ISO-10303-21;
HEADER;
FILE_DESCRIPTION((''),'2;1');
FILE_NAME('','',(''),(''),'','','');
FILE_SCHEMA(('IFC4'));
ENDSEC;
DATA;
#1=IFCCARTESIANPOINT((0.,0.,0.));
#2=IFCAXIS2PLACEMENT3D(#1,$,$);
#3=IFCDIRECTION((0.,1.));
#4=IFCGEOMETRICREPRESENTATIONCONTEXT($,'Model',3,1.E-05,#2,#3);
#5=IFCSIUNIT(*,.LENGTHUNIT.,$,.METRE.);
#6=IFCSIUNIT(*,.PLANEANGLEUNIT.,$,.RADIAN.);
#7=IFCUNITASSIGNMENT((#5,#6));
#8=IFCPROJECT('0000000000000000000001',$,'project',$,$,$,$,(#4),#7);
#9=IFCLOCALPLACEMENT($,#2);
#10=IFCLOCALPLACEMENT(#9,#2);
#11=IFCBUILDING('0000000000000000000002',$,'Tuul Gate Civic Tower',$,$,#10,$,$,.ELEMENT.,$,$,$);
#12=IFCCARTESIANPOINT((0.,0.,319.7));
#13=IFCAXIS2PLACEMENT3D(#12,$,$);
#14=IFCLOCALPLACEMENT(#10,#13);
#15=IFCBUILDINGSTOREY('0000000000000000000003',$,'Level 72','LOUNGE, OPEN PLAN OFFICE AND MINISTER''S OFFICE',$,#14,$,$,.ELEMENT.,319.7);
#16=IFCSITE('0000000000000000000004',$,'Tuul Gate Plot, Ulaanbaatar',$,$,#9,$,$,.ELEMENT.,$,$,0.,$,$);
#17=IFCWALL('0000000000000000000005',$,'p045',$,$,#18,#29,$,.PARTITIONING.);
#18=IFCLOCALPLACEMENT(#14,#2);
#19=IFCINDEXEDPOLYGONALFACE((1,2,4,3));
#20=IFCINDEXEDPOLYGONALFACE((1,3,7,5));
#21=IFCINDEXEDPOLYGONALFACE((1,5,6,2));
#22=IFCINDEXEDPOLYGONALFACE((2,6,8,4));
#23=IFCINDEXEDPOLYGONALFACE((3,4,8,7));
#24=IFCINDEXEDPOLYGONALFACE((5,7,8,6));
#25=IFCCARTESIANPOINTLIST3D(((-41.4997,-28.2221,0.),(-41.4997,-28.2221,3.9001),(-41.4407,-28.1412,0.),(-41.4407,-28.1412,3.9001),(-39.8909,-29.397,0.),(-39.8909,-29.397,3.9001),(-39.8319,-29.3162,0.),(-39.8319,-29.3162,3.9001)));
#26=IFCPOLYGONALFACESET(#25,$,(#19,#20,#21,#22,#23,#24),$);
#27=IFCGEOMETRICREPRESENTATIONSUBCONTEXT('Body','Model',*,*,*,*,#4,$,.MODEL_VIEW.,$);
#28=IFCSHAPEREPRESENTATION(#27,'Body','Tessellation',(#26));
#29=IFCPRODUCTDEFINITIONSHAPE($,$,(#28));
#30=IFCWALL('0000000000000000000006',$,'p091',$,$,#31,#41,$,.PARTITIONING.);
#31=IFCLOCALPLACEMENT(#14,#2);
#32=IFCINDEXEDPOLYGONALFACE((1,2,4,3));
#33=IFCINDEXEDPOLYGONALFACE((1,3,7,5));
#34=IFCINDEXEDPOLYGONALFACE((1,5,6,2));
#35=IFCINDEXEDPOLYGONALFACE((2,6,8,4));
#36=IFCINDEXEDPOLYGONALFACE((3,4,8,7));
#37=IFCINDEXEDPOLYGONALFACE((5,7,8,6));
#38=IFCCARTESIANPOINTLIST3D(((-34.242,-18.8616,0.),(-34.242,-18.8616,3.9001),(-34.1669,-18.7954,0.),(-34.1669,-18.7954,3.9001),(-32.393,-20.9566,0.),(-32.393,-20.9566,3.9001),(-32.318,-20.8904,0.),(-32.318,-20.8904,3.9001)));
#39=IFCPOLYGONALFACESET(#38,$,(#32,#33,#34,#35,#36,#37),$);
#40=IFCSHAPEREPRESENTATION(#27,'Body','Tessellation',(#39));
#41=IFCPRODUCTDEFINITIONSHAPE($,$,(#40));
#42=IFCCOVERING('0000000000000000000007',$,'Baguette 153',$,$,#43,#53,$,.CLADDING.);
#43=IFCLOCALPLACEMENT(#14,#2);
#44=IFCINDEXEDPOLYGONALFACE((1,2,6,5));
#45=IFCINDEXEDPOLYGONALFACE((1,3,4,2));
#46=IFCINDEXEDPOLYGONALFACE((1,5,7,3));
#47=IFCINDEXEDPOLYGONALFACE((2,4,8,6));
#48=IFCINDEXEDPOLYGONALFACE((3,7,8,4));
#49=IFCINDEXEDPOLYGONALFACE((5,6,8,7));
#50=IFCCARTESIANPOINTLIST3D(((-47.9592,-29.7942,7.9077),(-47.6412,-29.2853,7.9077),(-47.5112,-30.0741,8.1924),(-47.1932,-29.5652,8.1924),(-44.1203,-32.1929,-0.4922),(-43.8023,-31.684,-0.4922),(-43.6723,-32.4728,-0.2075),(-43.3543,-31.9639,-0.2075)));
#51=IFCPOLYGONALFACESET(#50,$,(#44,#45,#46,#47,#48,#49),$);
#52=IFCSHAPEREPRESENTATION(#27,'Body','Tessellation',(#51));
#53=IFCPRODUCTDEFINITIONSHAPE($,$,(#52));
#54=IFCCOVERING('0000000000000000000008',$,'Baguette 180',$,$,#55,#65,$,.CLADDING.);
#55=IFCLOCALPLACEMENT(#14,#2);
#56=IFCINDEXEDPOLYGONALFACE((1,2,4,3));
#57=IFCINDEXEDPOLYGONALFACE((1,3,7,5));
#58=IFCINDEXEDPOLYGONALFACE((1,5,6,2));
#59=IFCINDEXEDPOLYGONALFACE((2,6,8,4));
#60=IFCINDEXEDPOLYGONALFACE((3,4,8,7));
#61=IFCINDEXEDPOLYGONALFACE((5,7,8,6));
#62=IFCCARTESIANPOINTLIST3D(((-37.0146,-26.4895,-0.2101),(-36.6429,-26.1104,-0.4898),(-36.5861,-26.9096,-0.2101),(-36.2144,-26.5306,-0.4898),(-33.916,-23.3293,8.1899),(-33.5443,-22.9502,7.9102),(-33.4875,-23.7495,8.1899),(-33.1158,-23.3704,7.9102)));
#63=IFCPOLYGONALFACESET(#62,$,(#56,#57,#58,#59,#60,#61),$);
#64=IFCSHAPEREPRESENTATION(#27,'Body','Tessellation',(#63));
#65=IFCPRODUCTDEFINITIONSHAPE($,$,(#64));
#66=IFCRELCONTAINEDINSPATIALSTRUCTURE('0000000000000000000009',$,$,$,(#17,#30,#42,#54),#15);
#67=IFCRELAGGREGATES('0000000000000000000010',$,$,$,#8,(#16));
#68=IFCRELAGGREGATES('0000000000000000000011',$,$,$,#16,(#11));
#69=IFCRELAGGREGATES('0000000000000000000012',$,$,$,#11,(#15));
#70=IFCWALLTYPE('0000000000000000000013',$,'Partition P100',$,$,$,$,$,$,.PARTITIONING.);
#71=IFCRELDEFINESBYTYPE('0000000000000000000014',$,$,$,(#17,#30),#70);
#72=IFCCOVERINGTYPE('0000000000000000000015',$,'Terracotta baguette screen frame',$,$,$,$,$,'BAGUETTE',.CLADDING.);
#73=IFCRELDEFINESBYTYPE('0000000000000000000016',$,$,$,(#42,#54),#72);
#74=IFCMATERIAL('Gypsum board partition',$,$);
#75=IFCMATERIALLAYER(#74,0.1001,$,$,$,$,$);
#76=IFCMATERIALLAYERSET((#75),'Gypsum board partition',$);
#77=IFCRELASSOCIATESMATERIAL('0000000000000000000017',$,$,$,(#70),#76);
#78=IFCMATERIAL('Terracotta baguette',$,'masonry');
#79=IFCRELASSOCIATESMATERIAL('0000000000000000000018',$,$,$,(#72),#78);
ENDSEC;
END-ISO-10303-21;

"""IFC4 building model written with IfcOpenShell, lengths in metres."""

from ifc_helpers import new_model, si_unit, direction, frame, frame_2d, origin, origin_2d, place, context, subcontext, project, spatial, rectangle, extrude, material, layer, layer_set, material_profile, profile_set, type_object, element, save


model = new_model("IFC4")

# Units and contexts
model_context = context("Model", 3, precision=1e-05, world=origin(), true_north=direction((0.0, 1.0)))
body_context = subcontext(model_context, "Body", "Model", "MODEL_VIEW")
ifc_project = project(units=[si_unit("LENGTHUNIT", "METRE"), si_unit("PLANEANGLEUNIT", "RADIAN")], contexts=[model_context])

# Site, building, storey
site_placement = place(None, origin())
site = spatial("IfcSite", under=ifc_project, at=site_placement, Name="Tuul Gate Plot, Ulaanbaatar", CompositionType="ELEMENT", RefElevation=0.0)
building_placement = place(site_placement, origin())
building = spatial("IfcBuilding", under=site, at=building_placement, Name="Tuul Gate Civic Tower", CompositionType="ELEMENT")
storey_placement = place(building_placement, frame((0.0, 0.0, 319.7)))
storey = spatial("IfcBuildingStorey", under=building, at=storey_placement, Name="Level 72", Description="LOUNGE, OPEN PLAN OFFICE AND MINISTER'S OFFICE", CompositionType="ELEMENT", Elevation=319.7)

# Walls
ifc_material_1 = material(Name="Gypsum board partition")
ifc_layer_1 = layer(ifc_material_1, 0.1001)
ifc_layer_set_1 = layer_set([ifc_layer_1], Name="Gypsum board partition")
wall_type_1 = type_object("IfcWallType", Name="Partition P100", PredefinedType="PARTITIONING", material=ifc_layer_set_1)
wall_1_placement = place(storey_placement, frame((-41.4702, -28.1816, 0.0), z_axis=(0.0, 0.0, 1.0), x_axis=(0.807553, -0.589795, 0.0)))
element("IfcWall", 1, at=wall_1_placement, inside=storey, type_object=wall_type_1, Name="p045", PredefinedType="PARTITIONING", context=body_context, shape_type="SweptSolid", body=[
    extrude(rectangle(XDim=1.9922, YDim=0.1001, at=frame_2d((0.9961, 0.0))), origin(), (0.0, 0.0, 1.0), 3.9001),
])
wall_2_placement = place(storey_placement, frame((-34.2043, -18.8286, 0.0), z_axis=(0.0, 0.0, 1.0), x_axis=(0.661697, -0.749772, 0.0)))
element("IfcWall", 2, at=wall_2_placement, inside=storey, type_object=wall_type_1, Name="p091", PredefinedType="PARTITIONING", context=body_context, shape_type="SweptSolid", body=[
    extrude(rectangle(XDim=2.7942, YDim=0.1001, at=frame_2d((1.397, 0.0))), origin(), (0.0, 0.0, 1.0), 3.9001),
])

# Coverings
ifc_material_2 = material(Name="Terracotta baguette", Category="masonry")
ifc_material_profile_1 = material_profile(ifc_material_2, rectangle(XDim=0.6001, YDim=0.6001, at=origin_2d()), Name="Terracotta baguette screen frame")
ifc_profile_set_1 = profile_set([ifc_material_profile_1], Name="Terracotta baguette")
covering_type = type_object("IfcCoveringType", Name="Terracotta baguette screen frame", ElementType="BAGUETTE", PredefinedType="CLADDING", material=ifc_profile_set_1)
covering_1_placement = place(storey_placement, frame((-47.5762, -29.6797, 8.05), z_axis=(0.402314, -0.251383, -0.880312), x_axis=(0.529902, 0.848059, 0.0)))
element("IfcCovering", 3, at=covering_1_placement, inside=storey, type_object=covering_type, Name="Baguette 153", PredefinedType="CLADDING", context=body_context, shape_type="SweptSolid", body=[
    extrude(rectangle(XDim=0.6001, YDim=0.6001, at=origin_2d()), origin(), (0.0, 0.0, 1.0), 9.542),
])
covering_2_placement = place(storey_placement, frame((-33.5159, -23.3499, 8.05), z_axis=(-0.326359, -0.332839, -0.884708), x_axis=(0.714023, -0.700122, 0.0)))
element("IfcCovering", 4, at=covering_2_placement, inside=storey, type_object=covering_type, Name="Baguette 180", PredefinedType="CLADDING", context=body_context, shape_type="SweptSolid", body=[
    extrude(rectangle(XDim=0.6001, YDim=0.6001, at=origin_2d()), origin(), (0.0, 0.0, 1.0), 9.4946),
])

save(model, "model.ifc")
